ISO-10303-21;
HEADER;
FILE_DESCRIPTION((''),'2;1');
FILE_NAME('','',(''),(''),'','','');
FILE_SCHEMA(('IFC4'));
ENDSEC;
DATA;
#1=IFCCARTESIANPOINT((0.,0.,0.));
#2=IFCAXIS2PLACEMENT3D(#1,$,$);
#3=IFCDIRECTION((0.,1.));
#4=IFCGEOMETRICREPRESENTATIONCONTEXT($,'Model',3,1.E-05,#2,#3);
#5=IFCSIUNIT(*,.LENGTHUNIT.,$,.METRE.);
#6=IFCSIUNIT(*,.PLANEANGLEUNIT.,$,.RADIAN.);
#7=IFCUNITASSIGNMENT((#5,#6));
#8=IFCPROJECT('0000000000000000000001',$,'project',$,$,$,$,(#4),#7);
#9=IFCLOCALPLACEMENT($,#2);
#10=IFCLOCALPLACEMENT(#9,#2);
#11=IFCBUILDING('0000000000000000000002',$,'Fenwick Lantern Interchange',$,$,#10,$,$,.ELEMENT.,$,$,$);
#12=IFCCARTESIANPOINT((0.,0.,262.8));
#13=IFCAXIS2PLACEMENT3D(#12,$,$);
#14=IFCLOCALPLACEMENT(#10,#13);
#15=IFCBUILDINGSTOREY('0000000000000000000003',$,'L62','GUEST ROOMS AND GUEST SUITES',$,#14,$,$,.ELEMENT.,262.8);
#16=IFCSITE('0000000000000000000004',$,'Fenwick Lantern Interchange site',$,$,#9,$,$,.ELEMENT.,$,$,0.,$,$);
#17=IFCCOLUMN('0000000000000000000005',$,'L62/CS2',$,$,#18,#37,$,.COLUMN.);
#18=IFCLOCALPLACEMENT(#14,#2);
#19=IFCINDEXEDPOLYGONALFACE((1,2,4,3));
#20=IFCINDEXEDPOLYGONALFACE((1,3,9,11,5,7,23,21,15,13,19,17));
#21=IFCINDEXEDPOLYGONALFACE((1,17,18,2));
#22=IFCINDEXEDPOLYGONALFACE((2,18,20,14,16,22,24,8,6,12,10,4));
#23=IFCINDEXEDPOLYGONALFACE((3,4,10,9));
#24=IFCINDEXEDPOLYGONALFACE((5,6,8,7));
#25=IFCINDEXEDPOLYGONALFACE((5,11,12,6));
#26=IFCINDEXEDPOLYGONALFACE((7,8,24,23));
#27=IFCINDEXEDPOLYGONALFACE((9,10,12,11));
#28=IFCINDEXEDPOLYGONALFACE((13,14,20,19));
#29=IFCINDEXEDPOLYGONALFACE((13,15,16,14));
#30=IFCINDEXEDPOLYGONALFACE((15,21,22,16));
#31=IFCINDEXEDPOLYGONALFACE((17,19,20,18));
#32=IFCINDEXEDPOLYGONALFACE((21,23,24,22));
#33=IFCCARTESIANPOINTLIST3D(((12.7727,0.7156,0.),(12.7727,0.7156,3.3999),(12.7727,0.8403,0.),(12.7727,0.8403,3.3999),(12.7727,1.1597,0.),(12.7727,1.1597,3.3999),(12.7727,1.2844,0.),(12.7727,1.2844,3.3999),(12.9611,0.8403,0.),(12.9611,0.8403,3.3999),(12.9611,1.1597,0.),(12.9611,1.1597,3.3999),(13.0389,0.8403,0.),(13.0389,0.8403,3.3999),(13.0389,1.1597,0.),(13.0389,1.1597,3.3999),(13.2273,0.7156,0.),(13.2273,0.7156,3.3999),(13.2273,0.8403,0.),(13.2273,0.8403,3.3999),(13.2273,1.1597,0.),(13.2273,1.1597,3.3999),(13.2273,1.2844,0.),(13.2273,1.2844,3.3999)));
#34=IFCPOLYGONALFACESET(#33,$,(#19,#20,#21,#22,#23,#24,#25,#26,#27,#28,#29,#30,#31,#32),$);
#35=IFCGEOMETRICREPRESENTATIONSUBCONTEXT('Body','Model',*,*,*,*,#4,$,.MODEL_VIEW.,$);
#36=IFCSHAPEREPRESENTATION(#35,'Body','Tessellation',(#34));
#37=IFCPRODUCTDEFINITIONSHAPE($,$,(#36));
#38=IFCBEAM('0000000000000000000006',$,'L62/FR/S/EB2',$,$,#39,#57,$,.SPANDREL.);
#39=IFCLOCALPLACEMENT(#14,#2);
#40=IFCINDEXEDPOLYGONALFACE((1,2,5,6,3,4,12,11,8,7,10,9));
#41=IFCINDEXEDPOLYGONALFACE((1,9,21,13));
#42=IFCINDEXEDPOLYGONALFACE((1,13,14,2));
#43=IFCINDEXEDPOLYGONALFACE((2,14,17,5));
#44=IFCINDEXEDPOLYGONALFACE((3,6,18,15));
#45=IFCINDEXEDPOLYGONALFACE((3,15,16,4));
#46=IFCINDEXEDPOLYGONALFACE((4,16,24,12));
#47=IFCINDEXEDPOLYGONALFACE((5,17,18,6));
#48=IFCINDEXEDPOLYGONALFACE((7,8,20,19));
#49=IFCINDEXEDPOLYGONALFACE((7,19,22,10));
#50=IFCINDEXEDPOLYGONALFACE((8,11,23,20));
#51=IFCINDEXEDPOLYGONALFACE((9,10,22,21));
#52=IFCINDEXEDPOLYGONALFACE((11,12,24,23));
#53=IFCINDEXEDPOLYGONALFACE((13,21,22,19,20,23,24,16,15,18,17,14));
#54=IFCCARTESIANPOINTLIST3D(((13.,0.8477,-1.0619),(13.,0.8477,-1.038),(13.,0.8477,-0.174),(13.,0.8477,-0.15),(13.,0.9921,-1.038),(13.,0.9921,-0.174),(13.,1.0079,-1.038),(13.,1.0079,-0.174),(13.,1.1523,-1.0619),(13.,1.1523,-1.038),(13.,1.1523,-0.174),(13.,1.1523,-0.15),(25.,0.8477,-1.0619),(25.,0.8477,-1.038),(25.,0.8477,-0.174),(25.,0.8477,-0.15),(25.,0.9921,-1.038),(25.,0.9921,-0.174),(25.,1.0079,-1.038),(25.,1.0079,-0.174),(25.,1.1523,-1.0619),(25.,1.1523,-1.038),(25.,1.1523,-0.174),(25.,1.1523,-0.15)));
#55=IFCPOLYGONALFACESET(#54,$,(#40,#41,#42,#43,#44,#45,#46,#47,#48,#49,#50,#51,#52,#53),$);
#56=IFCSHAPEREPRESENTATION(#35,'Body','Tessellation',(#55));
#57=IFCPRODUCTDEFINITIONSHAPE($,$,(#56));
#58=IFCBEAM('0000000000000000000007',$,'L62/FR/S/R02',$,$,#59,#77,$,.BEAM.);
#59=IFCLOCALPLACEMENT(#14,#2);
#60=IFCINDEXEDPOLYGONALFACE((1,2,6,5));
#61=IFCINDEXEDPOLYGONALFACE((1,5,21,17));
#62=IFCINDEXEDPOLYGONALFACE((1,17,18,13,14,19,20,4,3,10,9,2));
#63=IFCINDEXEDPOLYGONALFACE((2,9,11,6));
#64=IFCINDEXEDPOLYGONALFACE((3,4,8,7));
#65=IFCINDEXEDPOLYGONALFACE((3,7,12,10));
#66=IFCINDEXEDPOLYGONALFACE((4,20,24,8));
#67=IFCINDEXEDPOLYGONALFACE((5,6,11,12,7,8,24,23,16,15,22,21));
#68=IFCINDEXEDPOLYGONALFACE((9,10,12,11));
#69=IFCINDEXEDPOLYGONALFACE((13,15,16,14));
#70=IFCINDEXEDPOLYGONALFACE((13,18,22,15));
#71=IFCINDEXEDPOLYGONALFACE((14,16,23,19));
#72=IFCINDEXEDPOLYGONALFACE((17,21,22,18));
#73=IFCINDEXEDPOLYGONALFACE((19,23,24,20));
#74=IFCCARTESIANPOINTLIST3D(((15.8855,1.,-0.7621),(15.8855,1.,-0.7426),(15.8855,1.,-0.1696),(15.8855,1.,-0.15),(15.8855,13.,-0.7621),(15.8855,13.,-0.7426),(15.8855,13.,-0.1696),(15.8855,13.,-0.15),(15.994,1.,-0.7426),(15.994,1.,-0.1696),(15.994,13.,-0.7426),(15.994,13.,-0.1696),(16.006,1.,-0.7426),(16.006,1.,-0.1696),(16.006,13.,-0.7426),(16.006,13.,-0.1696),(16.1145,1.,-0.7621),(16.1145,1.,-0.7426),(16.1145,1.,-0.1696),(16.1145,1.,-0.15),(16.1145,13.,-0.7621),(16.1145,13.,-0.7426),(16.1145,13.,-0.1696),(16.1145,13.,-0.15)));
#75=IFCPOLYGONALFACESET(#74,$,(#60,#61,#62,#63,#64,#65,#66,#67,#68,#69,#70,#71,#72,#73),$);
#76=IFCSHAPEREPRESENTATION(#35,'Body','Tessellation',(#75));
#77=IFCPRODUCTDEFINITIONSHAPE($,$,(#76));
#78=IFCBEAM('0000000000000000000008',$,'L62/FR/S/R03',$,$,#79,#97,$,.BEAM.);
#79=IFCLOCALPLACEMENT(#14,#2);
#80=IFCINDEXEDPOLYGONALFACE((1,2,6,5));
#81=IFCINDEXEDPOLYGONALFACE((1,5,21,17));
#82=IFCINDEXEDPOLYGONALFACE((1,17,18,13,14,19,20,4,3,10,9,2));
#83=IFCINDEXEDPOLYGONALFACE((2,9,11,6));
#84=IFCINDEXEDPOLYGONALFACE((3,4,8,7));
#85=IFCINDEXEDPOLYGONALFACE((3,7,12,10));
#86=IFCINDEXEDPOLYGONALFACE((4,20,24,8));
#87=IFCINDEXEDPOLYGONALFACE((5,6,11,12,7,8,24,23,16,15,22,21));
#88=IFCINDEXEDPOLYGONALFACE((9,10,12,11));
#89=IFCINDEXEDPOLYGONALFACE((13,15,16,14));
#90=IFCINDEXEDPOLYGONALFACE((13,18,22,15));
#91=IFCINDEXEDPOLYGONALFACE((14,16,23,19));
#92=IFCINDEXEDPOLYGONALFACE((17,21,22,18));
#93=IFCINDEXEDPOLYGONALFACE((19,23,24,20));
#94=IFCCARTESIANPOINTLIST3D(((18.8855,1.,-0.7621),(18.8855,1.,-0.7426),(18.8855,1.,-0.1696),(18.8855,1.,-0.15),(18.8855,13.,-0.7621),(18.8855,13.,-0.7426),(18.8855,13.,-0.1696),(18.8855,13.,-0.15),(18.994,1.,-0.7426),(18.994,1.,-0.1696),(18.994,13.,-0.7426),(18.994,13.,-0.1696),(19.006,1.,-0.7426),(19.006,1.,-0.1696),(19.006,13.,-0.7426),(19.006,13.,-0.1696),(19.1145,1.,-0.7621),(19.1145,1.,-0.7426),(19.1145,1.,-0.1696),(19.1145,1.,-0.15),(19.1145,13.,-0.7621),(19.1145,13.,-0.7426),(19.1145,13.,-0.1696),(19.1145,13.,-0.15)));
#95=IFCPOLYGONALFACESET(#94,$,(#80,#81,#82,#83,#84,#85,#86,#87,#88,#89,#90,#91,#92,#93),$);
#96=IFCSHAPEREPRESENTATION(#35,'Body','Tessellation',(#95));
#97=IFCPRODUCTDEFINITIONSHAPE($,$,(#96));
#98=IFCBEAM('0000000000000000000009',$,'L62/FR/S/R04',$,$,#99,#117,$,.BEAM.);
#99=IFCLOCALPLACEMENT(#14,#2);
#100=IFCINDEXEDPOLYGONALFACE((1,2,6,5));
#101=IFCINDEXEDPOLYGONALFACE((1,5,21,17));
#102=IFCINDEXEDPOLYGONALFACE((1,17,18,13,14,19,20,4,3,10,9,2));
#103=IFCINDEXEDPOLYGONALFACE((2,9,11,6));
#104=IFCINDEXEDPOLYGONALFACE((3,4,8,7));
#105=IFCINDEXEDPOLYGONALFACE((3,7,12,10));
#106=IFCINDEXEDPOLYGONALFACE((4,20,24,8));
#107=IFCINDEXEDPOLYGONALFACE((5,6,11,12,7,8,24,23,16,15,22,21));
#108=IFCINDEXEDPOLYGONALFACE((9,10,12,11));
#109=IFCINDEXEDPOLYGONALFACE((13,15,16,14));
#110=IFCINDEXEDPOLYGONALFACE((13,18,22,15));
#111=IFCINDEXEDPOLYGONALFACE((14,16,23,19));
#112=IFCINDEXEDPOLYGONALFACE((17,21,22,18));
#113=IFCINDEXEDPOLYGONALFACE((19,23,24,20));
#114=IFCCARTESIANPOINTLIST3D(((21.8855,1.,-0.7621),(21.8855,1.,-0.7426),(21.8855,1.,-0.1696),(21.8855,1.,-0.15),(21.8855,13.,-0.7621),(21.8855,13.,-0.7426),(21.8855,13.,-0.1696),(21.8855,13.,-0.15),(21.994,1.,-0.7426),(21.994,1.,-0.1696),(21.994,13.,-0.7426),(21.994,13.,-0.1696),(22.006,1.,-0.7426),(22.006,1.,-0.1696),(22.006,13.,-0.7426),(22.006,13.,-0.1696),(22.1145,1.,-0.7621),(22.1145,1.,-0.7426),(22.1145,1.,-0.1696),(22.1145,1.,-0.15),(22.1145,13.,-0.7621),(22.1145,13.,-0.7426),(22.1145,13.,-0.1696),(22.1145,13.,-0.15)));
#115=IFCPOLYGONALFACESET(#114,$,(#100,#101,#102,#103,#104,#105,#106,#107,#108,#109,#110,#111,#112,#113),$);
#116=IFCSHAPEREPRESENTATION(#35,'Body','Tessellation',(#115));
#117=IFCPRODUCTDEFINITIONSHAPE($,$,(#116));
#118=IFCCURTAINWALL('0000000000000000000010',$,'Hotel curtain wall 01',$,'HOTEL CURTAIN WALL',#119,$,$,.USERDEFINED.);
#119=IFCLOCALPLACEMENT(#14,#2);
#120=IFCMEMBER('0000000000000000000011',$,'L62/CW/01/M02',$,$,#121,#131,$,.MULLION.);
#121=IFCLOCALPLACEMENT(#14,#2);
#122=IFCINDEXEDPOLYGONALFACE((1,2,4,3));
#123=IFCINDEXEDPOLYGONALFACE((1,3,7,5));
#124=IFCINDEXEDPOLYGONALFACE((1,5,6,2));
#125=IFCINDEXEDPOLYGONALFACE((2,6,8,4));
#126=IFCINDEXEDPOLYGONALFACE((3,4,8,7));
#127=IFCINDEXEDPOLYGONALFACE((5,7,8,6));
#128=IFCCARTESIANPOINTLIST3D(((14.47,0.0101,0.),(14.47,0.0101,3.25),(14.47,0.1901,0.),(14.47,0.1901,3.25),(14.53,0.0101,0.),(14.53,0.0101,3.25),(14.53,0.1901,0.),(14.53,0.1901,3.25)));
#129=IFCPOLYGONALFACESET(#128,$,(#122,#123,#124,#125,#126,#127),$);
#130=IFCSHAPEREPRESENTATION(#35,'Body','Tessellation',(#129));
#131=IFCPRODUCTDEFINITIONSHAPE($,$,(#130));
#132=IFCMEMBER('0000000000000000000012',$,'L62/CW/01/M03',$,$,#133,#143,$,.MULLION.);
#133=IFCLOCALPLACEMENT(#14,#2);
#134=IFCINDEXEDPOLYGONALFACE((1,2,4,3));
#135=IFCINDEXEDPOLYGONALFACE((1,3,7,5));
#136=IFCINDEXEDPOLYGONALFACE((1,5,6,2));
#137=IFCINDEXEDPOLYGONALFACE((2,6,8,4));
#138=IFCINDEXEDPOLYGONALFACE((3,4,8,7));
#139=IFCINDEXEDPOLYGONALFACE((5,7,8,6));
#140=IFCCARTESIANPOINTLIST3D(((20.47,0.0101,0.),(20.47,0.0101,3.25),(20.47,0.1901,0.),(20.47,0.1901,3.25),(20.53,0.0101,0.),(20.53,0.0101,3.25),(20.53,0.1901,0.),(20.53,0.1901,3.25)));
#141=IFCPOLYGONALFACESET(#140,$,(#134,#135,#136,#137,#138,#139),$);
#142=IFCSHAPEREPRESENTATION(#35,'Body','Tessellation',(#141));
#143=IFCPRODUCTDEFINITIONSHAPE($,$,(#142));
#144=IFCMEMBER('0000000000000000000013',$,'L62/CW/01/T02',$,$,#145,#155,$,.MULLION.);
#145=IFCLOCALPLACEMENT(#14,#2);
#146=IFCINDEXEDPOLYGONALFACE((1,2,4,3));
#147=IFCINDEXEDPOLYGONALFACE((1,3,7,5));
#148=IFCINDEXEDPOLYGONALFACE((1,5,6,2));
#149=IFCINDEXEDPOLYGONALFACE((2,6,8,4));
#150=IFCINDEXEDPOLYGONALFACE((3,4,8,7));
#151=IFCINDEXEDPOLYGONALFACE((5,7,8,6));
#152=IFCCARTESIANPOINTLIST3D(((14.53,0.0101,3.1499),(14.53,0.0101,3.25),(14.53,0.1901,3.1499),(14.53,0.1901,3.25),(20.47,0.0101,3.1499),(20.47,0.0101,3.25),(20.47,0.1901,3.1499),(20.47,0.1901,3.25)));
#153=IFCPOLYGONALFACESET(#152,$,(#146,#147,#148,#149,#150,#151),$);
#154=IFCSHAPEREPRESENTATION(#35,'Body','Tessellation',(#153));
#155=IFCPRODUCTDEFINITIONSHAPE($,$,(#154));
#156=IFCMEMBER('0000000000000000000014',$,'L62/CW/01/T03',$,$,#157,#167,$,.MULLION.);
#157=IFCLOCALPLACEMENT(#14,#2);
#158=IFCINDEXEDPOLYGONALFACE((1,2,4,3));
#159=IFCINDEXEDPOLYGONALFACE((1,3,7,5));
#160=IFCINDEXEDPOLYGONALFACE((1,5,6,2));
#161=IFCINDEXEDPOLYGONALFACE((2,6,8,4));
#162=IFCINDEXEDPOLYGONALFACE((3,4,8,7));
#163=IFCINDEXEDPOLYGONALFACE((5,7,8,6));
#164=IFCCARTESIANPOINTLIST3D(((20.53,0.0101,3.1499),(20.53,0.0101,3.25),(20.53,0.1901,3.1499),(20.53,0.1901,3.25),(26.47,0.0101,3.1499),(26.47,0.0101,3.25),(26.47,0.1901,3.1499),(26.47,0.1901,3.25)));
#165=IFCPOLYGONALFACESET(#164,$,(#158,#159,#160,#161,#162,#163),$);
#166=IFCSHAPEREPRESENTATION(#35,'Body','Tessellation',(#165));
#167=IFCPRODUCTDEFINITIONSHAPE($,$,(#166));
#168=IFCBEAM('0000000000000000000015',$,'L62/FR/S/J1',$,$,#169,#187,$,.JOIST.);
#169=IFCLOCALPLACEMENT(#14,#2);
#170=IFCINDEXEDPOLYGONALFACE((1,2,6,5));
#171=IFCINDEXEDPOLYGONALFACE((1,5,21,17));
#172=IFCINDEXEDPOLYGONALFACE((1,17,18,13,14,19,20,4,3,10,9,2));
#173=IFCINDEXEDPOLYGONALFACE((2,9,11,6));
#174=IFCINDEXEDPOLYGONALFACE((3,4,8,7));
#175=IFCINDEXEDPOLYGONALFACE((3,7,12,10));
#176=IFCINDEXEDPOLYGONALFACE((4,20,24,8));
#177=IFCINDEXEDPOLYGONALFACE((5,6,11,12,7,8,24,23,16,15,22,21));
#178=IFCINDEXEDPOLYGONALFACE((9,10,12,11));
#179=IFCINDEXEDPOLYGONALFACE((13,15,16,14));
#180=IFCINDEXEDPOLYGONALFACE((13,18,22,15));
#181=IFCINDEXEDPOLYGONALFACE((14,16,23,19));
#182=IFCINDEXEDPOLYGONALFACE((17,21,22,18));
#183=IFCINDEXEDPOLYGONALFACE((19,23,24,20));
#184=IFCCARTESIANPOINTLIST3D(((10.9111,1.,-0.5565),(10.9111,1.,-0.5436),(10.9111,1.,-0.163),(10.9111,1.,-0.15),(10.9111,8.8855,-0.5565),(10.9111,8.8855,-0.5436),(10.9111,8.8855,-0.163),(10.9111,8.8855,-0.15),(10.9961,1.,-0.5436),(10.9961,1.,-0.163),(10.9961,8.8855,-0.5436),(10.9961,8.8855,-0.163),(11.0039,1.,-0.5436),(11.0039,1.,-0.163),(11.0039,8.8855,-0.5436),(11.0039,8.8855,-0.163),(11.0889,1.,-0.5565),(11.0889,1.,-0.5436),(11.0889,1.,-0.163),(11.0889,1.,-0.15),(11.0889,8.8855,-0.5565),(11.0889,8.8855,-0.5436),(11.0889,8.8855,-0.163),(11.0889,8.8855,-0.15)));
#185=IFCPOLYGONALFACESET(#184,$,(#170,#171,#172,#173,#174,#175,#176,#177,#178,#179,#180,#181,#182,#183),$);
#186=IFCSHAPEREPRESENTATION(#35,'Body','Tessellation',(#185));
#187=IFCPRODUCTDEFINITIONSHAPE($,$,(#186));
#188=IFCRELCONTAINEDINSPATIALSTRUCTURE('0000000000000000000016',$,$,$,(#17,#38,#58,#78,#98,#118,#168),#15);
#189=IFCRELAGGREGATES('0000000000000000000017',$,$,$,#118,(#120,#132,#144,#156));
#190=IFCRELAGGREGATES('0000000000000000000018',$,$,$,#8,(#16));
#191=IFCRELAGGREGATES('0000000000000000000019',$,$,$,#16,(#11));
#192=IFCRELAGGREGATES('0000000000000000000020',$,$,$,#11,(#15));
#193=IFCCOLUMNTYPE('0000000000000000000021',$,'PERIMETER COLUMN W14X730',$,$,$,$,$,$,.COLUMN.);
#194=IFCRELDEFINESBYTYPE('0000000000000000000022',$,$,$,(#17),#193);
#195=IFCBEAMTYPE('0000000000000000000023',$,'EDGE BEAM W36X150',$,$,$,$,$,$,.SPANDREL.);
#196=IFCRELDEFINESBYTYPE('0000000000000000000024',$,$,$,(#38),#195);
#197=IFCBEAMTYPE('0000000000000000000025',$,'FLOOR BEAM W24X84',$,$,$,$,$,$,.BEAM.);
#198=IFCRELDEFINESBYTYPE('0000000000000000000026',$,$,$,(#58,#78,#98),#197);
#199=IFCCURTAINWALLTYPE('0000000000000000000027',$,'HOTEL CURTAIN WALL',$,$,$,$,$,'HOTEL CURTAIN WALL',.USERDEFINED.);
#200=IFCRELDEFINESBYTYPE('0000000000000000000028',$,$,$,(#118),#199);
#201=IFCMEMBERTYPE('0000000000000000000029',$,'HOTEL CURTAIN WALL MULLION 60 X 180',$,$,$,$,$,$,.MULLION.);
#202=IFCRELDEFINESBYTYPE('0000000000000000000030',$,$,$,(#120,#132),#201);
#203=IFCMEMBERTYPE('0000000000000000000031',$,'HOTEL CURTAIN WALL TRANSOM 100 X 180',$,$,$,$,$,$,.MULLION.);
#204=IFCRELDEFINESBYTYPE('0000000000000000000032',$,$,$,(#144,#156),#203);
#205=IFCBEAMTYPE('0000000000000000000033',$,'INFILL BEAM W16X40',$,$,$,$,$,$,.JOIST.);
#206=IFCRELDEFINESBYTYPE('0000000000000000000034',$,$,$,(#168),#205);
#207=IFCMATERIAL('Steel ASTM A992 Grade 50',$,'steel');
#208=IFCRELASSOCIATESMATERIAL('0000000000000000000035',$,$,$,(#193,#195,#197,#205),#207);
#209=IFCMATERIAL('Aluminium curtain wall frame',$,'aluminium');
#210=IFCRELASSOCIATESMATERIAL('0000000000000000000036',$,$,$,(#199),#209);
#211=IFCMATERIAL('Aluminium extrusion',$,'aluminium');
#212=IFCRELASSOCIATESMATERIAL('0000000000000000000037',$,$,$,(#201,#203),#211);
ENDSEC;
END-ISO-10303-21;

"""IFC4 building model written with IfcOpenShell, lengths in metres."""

from ifc_helpers import new_model, si_unit, direction, frame, origin, origin_2d, place, context, subcontext, project, spatial, rectangle, i_section, extrude, material, material_profile, profile_set, type_object, element, aggregate, save


model = new_model("IFC4")

# Units and contexts
model_context = context("Model", 3, precision=1e-05, world=origin(), true_north=direction((0.0, 1.0)))
body_context = subcontext(model_context, "Body", "Model", "MODEL_VIEW")
ifc_project = project(units=[si_unit("LENGTHUNIT", "METRE"), si_unit("PLANEANGLEUNIT", "RADIAN")], contexts=[model_context])

# Site, building, storey
site_placement = place(None, origin())
site = spatial("IfcSite", under=ifc_project, at=site_placement, Name="Fenwick Lantern Interchange site", CompositionType="ELEMENT", RefElevation=0.0)
building_placement = place(site_placement, origin())
building = spatial("IfcBuilding", under=site, at=building_placement, Name="Fenwick Lantern Interchange", CompositionType="ELEMENT")
storey_placement = place(building_placement, frame((0.0, 0.0, 262.8)))
storey = spatial("IfcBuildingStorey", under=building, at=storey_placement, Name="L62", Description="GUEST ROOMS AND GUEST SUITES", CompositionType="ELEMENT", Elevation=262.8)

# Column
ifc_material_1 = material(Name="Steel ASTM A992 Grade 50", Category="steel")
ifc_material_profile_1 = material_profile(ifc_material_1, i_section(OverallWidth=0.4546, OverallDepth=0.5688, WebThickness=0.0779, FlangeThickness=0.1248, at=origin_2d()), Name="W14X730")
ifc_profile_set_1 = profile_set([ifc_material_profile_1], Name="Steel ASTM A992 Grade 50")
column_type = type_object("IfcColumnType", Name="PERIMETER COLUMN W14X730", PredefinedType="COLUMN", material=ifc_profile_set_1)
column_placement = place(storey_placement, frame((13.0, 1.0, 0.0), z_axis=(0.0, 0.0, 1.0), x_axis=(1.0, 0.0, 0.0)))
element("IfcColumn", 1, at=column_placement, inside=storey, type_object=column_type, Name="L62/CS2", PredefinedType="COLUMN", context=body_context, shape_type="SweptSolid", body=[
    extrude(i_section(OverallWidth=0.4546, OverallDepth=0.5688, WebThickness=0.0779, FlangeThickness=0.1248, at=origin_2d()), origin(), (0.0, 0.0, 1.0), 3.3999),
])

# Beams
ifc_material_profile_2 = material_profile(ifc_material_1, i_section(OverallWidth=0.3047, OverallDepth=0.9119, WebThickness=0.0159, FlangeThickness=0.0239, at=origin_2d()), Name="W36X150")
ifc_profile_set_2 = profile_set([ifc_material_profile_2], Name="Steel ASTM A992 Grade 50")
beam_type_1 = type_object("IfcBeamType", Name="EDGE BEAM W36X150", PredefinedType="SPANDREL", material=ifc_profile_set_2)
beam_1_placement = place(storey_placement, frame((13.0, 1.0, -0.606), z_axis=(1.0, 0.0, 0.0), x_axis=(0.0, 1.0, 0.0)))
element("IfcBeam", 2, at=beam_1_placement, inside=storey, type_object=beam_type_1, Name="L62/FR/S/EB2", PredefinedType="SPANDREL", context=body_context, shape_type="SweptSolid", body=[
    extrude(i_section(OverallWidth=0.3047, OverallDepth=0.9119, WebThickness=0.0159, FlangeThickness=0.0239, at=origin_2d()), origin(), (0.0, 0.0, 1.0), 12.0),
])
ifc_material_profile_3 = material_profile(ifc_material_1, i_section(OverallWidth=0.229, OverallDepth=0.6121, WebThickness=0.012, FlangeThickness=0.0195, at=origin_2d()), Name="W24X84")
ifc_profile_set_3 = profile_set([ifc_material_profile_3], Name="Steel ASTM A992 Grade 50")
beam_type_2 = type_object("IfcBeamType", Name="FLOOR BEAM W24X84", PredefinedType="BEAM", material=ifc_profile_set_3)
for number, where, z_axis, x_axis, name in (
    (3, (16.0, 1.0, -0.4561), (0.0, 1.0, 0.0), (-1.0, 0.0, 0.0), "L62/FR/S/R02"),
    (4, (19.0, 1.0, -0.4561), (0.0, 1.0, 0.0), (-1.0, 0.0, 0.0), "L62/FR/S/R03"),
    (5, (22.0, 1.0, -0.4561), (0.0, 1.0, 0.0), (-1.0, 0.0, 0.0), "L62/FR/S/R04"),
):
    element("IfcBeam", number, at=place(storey_placement, frame(where, z_axis=z_axis, x_axis=x_axis)), inside=storey, type_object=beam_type_2, Name=name, PredefinedType="BEAM", context=body_context, shape_type="SweptSolid", body=[
        extrude(i_section(OverallWidth=0.229, OverallDepth=0.6121, WebThickness=0.012, FlangeThickness=0.0195, at=origin_2d()), origin(), (0.0, 0.0, 1.0), 12.0),
    ])

# Curtain wall, members
ifc_material_2 = material(Name="Aluminium curtain wall frame", Category="aluminium")
curtain_wall_type = type_object("IfcCurtainWallType", Name="HOTEL CURTAIN WALL", ElementType="HOTEL CURTAIN WALL", PredefinedType="USERDEFINED", material=ifc_material_2)
curtain_wall_placement = place(storey_placement, origin())
curtain_wall = element("IfcCurtainWall", 6, at=curtain_wall_placement, inside=storey, type_object=curtain_wall_type, Name="Hotel curtain wall 01", ObjectType="HOTEL CURTAIN WALL", PredefinedType="USERDEFINED")
ifc_material_3 = material(Name="Aluminium extrusion", Category="aluminium")
ifc_material_profile_4 = material_profile(ifc_material_3, rectangle(XDim=0.1799, YDim=0.0601, at=origin_2d()), Name="HOTEL CURTAIN WALL MULLION 60 X 180")
ifc_profile_set_4 = profile_set([ifc_material_profile_4], Name="Aluminium extrusion")
member_type_1 = type_object("IfcMemberType", Name="HOTEL CURTAIN WALL MULLION 60 X 180", PredefinedType="MULLION", material=ifc_profile_set_4)
member_1_placement = place(storey_placement, frame((14.5, 0.1001, 0.0), z_axis=(0.0, 0.0, 1.0), x_axis=(0.0, 1.0, 0.0)))
member_1 = element("IfcMember", 7, at=member_1_placement, type_object=member_type_1, Name="L62/CW/01/M02", PredefinedType="MULLION", context=body_context, shape_type="SweptSolid", body=[
    extrude(rectangle(XDim=0.1799, YDim=0.0601, at=origin_2d()), origin(), (0.0, 0.0, 1.0), 3.25),
])
member_2_placement = place(storey_placement, frame((20.5, 0.1001, 0.0), z_axis=(0.0, 0.0, 1.0), x_axis=(0.0, 1.0, 0.0)))
member_2 = element("IfcMember", 8, at=member_2_placement, type_object=member_type_1, Name="L62/CW/01/M03", PredefinedType="MULLION", context=body_context, shape_type="SweptSolid", body=[
    extrude(rectangle(XDim=0.1799, YDim=0.0601, at=origin_2d()), origin(), (0.0, 0.0, 1.0), 3.25),
])
ifc_material_profile_5 = material_profile(ifc_material_3, rectangle(XDim=0.1799, YDim=0.1001, at=origin_2d()), Name="HOTEL CURTAIN WALL TRANSOM 100 X 180")
ifc_profile_set_5 = profile_set([ifc_material_profile_5], Name="Aluminium extrusion")
member_type_2 = type_object("IfcMemberType", Name="HOTEL CURTAIN WALL TRANSOM 100 X 180", PredefinedType="MULLION", material=ifc_profile_set_5)
member_3_placement = place(storey_placement, frame((14.53, 0.1001, 3.2), z_axis=(1.0, 0.0, 0.0), x_axis=(0.0, 1.0, 0.0)))
member_3 = element("IfcMember", 9, at=member_3_placement, type_object=member_type_2, Name="L62/CW/01/T02", PredefinedType="MULLION", context=body_context, shape_type="SweptSolid", body=[
    extrude(rectangle(XDim=0.1799, YDim=0.1001, at=origin_2d()), origin(), (0.0, 0.0, 1.0), 5.9399),
])
member_4_placement = place(storey_placement, frame((20.53, 0.1001, 3.2), z_axis=(1.0, 0.0, 0.0), x_axis=(0.0, 1.0, 0.0)))
member_4 = element("IfcMember", 10, at=member_4_placement, type_object=member_type_2, Name="L62/CW/01/T03", PredefinedType="MULLION", context=body_context, shape_type="SweptSolid", body=[
    extrude(rectangle(XDim=0.1799, YDim=0.1001, at=origin_2d()), origin(), (0.0, 0.0, 1.0), 5.9399),
])
aggregate(curtain_wall, [member_1, member_2, member_3, member_4])

# Beam
ifc_material_profile_6 = material_profile(ifc_material_1, i_section(OverallWidth=0.1777, OverallDepth=0.4065, WebThickness=0.0078, FlangeThickness=0.0129, at=origin_2d()), Name="W16X40")
ifc_profile_set_6 = profile_set([ifc_material_profile_6], Name="Steel ASTM A992 Grade 50")
beam_type_3 = type_object("IfcBeamType", Name="INFILL BEAM W16X40", PredefinedType="JOIST", material=ifc_profile_set_6)
beam_2_placement = place(storey_placement, frame((11.0, 1.0, -0.3533), z_axis=(0.0, 1.0, 0.0), x_axis=(-1.0, 0.0, 0.0)))
element("IfcBeam", 11, at=beam_2_placement, inside=storey, type_object=beam_type_3, Name="L62/FR/S/J1", PredefinedType="JOIST", context=body_context, shape_type="SweptSolid", body=[
    extrude(i_section(OverallWidth=0.1777, OverallDepth=0.4065, WebThickness=0.0078, FlangeThickness=0.0129, at=origin_2d()), origin(), (0.0, 0.0, 1.0), 7.8855),
])

save(model, "model.ifc")
